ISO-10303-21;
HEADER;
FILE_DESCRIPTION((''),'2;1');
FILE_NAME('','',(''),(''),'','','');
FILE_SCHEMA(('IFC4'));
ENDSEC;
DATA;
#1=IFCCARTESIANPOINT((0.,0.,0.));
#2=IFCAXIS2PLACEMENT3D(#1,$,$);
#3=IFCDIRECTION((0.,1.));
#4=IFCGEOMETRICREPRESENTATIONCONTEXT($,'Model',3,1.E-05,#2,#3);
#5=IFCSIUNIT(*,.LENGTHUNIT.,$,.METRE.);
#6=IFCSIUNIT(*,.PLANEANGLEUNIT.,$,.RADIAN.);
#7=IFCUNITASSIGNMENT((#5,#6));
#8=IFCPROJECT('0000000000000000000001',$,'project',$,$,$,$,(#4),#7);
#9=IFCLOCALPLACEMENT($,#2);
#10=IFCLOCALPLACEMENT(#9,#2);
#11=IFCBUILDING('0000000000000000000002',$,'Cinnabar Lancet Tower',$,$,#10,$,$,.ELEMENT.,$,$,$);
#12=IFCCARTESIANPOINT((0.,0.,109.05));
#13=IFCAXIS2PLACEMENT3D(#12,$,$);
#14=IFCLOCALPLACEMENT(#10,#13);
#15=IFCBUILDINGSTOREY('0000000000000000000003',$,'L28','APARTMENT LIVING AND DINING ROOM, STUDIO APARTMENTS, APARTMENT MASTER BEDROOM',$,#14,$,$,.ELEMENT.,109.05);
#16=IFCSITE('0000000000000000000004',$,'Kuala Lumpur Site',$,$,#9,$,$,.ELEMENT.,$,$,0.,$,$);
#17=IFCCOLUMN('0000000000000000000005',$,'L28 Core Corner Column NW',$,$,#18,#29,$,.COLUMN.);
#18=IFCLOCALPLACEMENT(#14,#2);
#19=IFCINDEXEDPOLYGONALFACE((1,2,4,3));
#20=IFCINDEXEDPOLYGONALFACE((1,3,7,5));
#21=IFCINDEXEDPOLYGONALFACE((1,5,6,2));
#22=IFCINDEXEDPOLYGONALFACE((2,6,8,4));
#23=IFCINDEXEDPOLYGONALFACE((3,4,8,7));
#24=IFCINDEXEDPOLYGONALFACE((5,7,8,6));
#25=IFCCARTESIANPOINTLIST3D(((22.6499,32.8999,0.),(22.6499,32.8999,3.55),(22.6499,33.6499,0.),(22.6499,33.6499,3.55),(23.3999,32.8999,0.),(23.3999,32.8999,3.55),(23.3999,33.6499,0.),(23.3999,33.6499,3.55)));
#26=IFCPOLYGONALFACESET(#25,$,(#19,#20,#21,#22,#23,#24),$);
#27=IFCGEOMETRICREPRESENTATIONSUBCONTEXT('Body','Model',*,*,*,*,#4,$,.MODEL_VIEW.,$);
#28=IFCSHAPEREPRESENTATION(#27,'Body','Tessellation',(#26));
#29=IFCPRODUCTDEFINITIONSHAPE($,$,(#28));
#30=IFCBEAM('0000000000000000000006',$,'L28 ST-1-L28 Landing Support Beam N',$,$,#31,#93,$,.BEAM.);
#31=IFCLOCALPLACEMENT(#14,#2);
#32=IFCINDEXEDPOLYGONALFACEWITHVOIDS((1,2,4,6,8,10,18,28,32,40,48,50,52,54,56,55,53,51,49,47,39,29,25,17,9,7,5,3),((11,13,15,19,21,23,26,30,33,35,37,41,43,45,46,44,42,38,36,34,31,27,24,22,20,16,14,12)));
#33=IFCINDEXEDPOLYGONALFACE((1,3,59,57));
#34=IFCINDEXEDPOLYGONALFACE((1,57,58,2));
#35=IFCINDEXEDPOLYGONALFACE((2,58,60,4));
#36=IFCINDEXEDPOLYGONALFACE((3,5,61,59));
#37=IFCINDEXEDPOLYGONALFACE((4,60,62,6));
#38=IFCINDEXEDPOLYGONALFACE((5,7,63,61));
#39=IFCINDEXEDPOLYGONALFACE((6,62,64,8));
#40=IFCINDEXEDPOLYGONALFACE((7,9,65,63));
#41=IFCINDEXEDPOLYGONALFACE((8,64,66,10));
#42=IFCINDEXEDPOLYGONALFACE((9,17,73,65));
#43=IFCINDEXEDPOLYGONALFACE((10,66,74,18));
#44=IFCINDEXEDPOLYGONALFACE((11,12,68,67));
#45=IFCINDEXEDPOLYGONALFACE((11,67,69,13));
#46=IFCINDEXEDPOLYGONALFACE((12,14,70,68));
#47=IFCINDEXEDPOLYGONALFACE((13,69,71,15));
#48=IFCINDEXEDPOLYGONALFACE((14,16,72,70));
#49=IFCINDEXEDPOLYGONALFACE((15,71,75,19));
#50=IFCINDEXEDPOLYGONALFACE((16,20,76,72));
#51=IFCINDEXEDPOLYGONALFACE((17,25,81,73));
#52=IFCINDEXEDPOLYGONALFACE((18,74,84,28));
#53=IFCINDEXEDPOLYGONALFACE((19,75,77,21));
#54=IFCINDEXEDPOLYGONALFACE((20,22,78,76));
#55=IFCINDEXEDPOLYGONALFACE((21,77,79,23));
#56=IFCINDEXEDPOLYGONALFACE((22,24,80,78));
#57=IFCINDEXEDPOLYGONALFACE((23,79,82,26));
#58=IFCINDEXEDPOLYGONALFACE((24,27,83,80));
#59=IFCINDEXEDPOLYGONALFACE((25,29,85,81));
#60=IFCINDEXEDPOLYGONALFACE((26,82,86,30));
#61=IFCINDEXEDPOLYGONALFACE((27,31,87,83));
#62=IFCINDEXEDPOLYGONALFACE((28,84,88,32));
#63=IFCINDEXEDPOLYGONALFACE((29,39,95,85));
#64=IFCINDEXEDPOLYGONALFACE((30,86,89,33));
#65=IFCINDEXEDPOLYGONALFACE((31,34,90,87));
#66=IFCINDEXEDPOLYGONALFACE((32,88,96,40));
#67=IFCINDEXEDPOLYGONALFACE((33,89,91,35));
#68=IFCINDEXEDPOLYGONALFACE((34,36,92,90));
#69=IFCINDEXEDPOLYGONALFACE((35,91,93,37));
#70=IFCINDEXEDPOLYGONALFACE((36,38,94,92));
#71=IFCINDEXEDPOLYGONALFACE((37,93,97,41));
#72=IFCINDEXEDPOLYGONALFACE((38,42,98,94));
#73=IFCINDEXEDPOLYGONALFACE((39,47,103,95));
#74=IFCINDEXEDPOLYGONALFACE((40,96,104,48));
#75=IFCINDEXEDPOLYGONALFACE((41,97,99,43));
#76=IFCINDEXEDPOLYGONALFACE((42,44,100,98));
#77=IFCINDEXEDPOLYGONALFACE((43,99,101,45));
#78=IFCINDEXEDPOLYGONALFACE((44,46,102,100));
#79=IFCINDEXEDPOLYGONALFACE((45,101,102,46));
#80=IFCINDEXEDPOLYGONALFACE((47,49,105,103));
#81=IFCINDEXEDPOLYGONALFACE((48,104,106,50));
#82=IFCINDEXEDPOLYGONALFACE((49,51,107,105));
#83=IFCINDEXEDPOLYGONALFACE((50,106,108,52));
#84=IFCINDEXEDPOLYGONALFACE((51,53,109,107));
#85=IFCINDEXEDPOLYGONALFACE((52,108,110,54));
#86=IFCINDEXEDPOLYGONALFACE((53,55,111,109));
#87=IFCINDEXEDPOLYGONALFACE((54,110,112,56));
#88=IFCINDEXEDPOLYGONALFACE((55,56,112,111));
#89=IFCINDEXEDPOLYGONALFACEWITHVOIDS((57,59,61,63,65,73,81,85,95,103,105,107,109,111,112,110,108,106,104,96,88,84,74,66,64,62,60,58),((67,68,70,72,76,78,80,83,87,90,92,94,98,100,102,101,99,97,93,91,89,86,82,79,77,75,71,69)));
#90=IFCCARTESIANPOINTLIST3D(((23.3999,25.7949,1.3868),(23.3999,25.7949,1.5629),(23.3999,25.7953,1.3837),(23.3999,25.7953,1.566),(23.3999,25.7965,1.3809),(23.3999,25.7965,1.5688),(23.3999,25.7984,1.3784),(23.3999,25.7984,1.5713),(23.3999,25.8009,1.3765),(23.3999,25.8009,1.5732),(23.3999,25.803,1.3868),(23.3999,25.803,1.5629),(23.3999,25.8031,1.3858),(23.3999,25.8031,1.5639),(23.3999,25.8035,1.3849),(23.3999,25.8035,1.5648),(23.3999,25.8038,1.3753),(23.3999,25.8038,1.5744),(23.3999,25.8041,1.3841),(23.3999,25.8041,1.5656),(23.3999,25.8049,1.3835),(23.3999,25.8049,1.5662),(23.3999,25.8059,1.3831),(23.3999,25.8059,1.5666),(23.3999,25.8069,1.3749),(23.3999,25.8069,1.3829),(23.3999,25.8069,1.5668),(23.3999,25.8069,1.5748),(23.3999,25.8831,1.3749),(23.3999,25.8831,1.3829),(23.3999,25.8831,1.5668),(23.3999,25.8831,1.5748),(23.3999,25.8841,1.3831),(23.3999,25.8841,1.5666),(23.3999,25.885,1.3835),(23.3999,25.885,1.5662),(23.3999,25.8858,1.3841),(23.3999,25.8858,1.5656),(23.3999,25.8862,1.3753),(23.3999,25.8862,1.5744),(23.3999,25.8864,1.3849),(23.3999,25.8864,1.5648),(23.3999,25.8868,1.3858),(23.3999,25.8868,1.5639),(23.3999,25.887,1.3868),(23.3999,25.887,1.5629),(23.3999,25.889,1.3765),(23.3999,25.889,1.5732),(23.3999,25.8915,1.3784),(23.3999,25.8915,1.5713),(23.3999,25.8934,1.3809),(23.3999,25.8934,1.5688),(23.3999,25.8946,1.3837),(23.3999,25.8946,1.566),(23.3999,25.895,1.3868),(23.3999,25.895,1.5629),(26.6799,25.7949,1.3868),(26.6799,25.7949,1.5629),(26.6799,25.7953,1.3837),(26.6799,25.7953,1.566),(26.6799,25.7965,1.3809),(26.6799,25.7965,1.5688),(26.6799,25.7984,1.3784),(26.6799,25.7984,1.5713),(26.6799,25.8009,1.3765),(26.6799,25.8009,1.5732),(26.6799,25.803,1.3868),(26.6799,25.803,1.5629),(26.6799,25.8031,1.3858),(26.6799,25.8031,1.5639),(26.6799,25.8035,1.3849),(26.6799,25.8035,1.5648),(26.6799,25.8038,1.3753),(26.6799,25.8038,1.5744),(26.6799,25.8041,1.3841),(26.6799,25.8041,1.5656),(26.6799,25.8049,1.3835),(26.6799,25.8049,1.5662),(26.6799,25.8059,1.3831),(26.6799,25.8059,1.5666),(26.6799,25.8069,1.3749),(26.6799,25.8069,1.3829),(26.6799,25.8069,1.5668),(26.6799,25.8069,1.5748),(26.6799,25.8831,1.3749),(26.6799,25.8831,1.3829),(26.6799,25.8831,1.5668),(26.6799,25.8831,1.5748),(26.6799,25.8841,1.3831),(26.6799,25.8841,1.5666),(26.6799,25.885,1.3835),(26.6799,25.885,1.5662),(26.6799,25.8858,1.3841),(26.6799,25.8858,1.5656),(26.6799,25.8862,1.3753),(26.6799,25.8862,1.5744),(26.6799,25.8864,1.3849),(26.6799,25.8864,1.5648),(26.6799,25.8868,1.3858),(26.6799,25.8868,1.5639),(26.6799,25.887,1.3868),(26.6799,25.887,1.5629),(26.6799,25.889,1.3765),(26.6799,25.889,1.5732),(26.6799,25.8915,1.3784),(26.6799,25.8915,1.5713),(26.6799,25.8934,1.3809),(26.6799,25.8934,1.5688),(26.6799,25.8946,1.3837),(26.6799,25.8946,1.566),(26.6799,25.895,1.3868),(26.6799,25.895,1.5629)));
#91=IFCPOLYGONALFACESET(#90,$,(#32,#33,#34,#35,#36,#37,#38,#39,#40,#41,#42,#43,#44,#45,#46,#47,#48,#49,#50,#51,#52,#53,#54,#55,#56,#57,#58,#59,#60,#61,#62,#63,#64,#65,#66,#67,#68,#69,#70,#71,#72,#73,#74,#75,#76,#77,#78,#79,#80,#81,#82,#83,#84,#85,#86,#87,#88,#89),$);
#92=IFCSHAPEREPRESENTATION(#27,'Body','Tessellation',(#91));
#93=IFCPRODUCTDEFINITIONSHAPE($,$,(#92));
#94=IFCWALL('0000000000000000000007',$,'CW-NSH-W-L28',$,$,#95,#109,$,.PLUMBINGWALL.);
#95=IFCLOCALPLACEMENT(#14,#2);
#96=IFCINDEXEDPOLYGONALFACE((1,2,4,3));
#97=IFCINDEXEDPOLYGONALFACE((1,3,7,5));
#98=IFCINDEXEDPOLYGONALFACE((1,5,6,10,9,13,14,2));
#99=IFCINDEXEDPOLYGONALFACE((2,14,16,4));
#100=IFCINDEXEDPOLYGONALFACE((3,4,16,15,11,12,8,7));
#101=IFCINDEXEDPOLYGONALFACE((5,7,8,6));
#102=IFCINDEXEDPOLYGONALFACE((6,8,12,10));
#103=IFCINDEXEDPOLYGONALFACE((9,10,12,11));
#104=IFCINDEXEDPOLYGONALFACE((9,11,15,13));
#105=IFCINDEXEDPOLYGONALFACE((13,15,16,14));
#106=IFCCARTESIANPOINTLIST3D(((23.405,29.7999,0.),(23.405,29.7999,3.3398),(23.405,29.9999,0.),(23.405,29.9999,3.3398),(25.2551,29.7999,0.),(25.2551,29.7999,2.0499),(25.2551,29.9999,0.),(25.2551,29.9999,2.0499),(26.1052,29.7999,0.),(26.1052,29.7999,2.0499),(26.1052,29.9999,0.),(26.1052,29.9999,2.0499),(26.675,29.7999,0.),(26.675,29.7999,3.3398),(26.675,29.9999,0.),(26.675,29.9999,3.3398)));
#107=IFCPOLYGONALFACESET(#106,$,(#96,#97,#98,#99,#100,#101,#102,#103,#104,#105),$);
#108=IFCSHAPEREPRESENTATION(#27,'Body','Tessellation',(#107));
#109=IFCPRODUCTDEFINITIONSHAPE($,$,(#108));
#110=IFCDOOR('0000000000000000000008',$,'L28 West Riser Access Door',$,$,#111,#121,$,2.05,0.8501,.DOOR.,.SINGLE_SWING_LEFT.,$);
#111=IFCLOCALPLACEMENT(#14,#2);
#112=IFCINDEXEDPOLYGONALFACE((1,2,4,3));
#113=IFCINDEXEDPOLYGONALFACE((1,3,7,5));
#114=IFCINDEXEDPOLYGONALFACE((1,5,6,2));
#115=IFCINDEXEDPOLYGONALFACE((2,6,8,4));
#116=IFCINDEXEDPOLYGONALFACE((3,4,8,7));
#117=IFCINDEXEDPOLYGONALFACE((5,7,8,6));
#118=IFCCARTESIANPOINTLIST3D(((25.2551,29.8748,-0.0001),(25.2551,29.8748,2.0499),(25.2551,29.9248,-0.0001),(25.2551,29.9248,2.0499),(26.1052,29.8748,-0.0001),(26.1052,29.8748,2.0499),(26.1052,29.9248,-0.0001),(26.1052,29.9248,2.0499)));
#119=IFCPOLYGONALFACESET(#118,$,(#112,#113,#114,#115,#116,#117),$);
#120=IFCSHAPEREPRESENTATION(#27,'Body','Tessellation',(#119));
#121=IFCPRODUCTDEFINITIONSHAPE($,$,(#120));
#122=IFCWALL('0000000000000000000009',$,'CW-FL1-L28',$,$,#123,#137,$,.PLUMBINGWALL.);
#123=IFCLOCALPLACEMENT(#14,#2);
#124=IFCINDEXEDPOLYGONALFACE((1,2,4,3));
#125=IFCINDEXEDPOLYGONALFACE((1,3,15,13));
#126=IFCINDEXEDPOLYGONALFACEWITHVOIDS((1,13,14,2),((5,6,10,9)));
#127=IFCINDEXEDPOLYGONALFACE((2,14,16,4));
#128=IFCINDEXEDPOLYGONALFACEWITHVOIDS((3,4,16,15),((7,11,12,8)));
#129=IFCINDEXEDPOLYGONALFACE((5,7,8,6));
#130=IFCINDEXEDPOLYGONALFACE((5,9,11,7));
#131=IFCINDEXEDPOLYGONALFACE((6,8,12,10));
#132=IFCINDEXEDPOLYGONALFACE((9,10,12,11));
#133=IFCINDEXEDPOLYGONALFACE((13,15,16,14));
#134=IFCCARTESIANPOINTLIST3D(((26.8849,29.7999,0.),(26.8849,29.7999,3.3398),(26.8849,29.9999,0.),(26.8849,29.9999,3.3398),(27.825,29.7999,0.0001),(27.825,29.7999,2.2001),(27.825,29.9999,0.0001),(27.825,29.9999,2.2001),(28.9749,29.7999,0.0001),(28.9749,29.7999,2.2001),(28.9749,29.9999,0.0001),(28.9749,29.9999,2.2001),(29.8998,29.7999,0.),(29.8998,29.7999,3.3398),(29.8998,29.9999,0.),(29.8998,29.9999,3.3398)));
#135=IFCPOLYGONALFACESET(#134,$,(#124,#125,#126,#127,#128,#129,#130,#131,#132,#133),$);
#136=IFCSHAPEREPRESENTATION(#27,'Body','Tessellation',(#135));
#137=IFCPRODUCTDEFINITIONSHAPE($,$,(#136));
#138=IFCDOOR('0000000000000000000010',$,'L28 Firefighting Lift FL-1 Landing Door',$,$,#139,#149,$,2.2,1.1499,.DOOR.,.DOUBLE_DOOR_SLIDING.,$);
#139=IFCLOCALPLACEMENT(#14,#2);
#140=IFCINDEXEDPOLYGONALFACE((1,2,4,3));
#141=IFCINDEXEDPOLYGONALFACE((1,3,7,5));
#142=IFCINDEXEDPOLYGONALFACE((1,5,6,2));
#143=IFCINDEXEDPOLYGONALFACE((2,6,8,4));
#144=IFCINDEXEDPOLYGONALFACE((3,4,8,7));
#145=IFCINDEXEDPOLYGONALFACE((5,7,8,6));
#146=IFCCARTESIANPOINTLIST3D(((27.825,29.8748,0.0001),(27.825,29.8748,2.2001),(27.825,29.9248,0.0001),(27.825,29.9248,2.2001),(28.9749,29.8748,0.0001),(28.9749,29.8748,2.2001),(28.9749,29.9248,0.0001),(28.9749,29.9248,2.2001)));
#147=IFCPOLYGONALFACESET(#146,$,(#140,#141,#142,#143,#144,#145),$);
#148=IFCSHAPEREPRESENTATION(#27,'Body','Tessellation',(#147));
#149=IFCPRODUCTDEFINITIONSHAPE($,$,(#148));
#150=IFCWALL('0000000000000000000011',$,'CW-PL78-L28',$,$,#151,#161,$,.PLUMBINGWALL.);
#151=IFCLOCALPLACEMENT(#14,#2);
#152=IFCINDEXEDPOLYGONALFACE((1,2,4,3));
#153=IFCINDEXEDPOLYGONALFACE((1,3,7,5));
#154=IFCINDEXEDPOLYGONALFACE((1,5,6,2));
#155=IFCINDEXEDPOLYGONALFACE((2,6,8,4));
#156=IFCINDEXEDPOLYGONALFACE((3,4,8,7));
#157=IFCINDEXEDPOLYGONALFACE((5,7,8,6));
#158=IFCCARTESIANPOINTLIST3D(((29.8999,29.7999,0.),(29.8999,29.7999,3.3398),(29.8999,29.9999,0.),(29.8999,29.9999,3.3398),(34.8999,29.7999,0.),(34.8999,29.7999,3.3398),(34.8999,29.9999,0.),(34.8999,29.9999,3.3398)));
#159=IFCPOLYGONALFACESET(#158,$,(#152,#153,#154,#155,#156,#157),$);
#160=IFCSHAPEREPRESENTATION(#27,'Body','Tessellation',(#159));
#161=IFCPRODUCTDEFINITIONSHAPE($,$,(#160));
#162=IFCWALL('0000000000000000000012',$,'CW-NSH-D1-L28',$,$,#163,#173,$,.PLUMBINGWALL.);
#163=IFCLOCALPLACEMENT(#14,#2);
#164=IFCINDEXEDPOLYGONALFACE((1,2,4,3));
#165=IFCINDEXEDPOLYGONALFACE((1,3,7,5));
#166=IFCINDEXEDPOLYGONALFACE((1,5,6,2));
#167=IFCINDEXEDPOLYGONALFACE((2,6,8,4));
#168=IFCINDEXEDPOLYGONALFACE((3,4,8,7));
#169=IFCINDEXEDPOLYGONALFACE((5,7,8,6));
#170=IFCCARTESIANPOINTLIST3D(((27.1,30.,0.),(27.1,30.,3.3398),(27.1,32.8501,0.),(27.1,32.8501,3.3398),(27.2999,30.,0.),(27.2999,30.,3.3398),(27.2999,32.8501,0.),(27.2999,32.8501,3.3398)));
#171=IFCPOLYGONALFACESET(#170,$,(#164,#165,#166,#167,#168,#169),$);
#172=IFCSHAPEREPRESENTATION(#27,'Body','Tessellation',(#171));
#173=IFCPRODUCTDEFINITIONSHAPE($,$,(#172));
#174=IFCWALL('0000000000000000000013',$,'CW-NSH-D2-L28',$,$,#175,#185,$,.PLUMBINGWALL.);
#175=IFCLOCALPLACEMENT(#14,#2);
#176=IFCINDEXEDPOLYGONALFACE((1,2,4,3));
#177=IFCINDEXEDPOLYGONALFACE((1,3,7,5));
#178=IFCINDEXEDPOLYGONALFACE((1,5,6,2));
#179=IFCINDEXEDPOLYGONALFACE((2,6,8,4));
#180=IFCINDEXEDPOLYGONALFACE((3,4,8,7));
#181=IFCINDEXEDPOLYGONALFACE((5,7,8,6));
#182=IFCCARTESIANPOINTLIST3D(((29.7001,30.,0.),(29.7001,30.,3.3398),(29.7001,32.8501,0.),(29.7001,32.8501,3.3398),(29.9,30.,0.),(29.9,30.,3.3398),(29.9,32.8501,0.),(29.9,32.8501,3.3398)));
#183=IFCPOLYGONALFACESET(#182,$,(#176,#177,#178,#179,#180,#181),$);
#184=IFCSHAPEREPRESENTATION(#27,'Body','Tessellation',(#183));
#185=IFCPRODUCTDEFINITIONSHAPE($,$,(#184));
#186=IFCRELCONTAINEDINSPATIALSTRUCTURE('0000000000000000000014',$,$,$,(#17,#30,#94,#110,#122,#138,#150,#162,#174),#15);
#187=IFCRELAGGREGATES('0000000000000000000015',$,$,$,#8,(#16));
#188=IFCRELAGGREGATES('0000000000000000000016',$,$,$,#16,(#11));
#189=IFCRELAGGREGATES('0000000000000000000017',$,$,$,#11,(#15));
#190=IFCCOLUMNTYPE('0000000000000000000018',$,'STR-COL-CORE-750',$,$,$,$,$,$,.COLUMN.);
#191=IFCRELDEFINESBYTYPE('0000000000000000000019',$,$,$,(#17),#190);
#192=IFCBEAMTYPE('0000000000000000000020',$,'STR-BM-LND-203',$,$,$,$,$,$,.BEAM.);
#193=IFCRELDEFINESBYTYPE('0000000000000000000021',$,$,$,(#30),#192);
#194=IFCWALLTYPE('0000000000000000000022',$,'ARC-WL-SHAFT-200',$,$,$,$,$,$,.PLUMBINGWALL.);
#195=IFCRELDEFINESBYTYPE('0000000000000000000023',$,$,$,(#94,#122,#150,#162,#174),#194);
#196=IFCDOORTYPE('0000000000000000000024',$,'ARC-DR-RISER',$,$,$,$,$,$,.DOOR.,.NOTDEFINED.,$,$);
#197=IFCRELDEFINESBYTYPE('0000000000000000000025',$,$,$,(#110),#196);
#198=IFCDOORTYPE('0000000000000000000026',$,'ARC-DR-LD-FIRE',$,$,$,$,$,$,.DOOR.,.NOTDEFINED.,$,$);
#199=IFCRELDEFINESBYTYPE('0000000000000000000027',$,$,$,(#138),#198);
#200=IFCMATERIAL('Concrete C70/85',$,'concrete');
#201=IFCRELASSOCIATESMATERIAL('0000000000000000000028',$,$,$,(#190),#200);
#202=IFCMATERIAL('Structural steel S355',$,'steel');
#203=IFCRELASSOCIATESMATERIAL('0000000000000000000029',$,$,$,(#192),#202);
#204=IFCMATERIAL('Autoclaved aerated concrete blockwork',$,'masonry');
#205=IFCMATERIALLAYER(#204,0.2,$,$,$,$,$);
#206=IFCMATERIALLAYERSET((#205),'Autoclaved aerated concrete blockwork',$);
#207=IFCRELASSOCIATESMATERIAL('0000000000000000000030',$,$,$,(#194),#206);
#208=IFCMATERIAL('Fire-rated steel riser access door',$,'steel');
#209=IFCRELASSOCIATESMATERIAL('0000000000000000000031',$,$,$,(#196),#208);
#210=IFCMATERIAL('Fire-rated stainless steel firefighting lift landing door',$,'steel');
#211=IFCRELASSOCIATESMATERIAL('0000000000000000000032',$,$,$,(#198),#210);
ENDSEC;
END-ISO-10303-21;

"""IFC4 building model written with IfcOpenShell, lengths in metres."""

from ifc_helpers import new_model, si_unit, direction, frame, frame_2d, origin, origin_2d, place, context, subcontext, project, spatial, rectangle, hollow_rectangle, extrude, material, layer, layer_set, material_profile, profile_set, type_object, element, fill, save


model = new_model("IFC4")

# Units and contexts
model_context = context("Model", 3, precision=1e-05, world=origin(), true_north=direction((0.0, 1.0)))
body_context = subcontext(model_context, "Body", "Model", "MODEL_VIEW")
ifc_project = project(units=[si_unit("LENGTHUNIT", "METRE"), si_unit("PLANEANGLEUNIT", "RADIAN")], contexts=[model_context])

# Site, building, storey
site_placement = place(None, origin())
site = spatial("IfcSite", under=ifc_project, at=site_placement, Name="Kuala Lumpur Site", CompositionType="ELEMENT", RefElevation=0.0)
building_placement = place(site_placement, origin())
building = spatial("IfcBuilding", under=site, at=building_placement, Name="Cinnabar Lancet Tower", CompositionType="ELEMENT")
storey_placement = place(building_placement, frame((0.0, 0.0, 109.05)))
storey = spatial("IfcBuildingStorey", under=building, at=storey_placement, Name="L28", Description="APARTMENT LIVING AND DINING ROOM, STUDIO APARTMENTS, APARTMENT MASTER BEDROOM", CompositionType="ELEMENT", Elevation=109.05)

# Column
ifc_material_1 = material(Name="Concrete C70/85", Category="concrete")
ifc_material_profile_1 = material_profile(ifc_material_1, rectangle(XDim=0.75, YDim=0.75, at=origin_2d()), Name="RC-COL 750x750")
ifc_profile_set_1 = profile_set([ifc_material_profile_1], Name="Concrete C70/85")
column_type = type_object("IfcColumnType", Name="STR-COL-CORE-750", PredefinedType="COLUMN", material=ifc_profile_set_1)
column_placement = place(storey_placement, frame((23.0249, 33.2749, 0.0), z_axis=(0.0, 0.0, 1.0), x_axis=(1.0, 0.0, 0.0)))
element("IfcColumn", 1, at=column_placement, inside=storey, type_object=column_type, Name="L28 Core Corner Column NW", PredefinedType="COLUMN", context=body_context, shape_type="SweptSolid", body=[
    extrude(rectangle(XDim=0.75, YDim=0.75, at=origin_2d()), origin(), (0.0, 0.0, 1.0), 3.55),
])

# Beam
ifc_material_2 = material(Name="Structural steel S355", Category="steel")
ifc_material_profile_2 = material_profile(ifc_material_2, hollow_rectangle(XDim=0.1001, YDim=0.2, WallThickness=0.0081, InnerFilletRadius=0.0039, OuterFilletRadius=0.012, at=origin_2d()), Name="RHS 200x100x8")
ifc_profile_set_2 = profile_set([ifc_material_profile_2], Name="Structural steel S355")
beam_type = type_object("IfcBeamType", Name="STR-BM-LND-203", PredefinedType="BEAM", material=ifc_profile_set_2)
beam_placement = place(storey_placement, frame((23.3999, 25.845, 1.4749), z_axis=(1.0, 0.0, 0.0), x_axis=(0.0, 1.0, 0.0)))
element("IfcBeam", 2, at=beam_placement, inside=storey, type_object=beam_type, Name="L28 ST-1-L28 Landing Support Beam N", PredefinedType="BEAM", context=body_context, shape_type="SweptSolid", body=[
    extrude(hollow_rectangle(XDim=0.1001, YDim=0.2, WallThickness=0.0081, InnerFilletRadius=0.0039, OuterFilletRadius=0.012, at=origin_2d()), origin(), (0.0, 0.0, 1.0), 3.28),
])

# Walls, openings, doors
ifc_material_3 = material(Name="Autoclaved aerated concrete blockwork", Category="masonry")
ifc_layer_1 = layer(ifc_material_3, 0.2)
ifc_layer_set_1 = layer_set([ifc_layer_1], Name="Autoclaved aerated concrete blockwork")
wall_type_1 = type_object("IfcWallType", Name="ARC-WL-SHAFT-200", PredefinedType="PLUMBINGWALL", material=ifc_layer_set_1)
wall_1_placement = place(storey_placement, frame((23.405, 29.8999, 0.0), z_axis=(0.0, 0.0, 1.0), x_axis=(1.0, 0.0, 0.0)))
wall_1 = element("IfcWall", 3, at=wall_1_placement, inside=storey, type_object=wall_type_1, Name="CW-NSH-W-L28", PredefinedType="PLUMBINGWALL", context=body_context, shape_type="SweptSolid", body=[
    extrude(rectangle(XDim=3.27, YDim=0.2, at=frame_2d((1.635, 0.0))), origin(), (0.0, 0.0, 1.0), 3.3398),
])
opening_1_placement = place(wall_1_placement, frame((1.8501, 0.0, 0.0)))
opening_1 = element("IfcOpeningElement", 4, at=opening_1_placement, cuts=wall_1, PredefinedType="OPENING", context=body_context, shape_type="SweptSolid", body=[
    extrude(rectangle(XDim=0.8501, YDim=2.05, at=frame_2d((0.425, 1.0249))), frame((0.0, 0.1099, 0.0), z_axis=(0.0, -1.0, 0.0), x_axis=(1.0, 0.0, 0.0)), (0.0, 0.0, 1.0), 0.22),
])
ifc_material_4 = material(Name="Fire-rated steel riser access door", Category="steel")
door_type_1 = type_object("IfcDoorType", Name="ARC-DR-RISER", OperationType="NOTDEFINED", PredefinedType="DOOR", material=ifc_material_4)
door_1_placement = place(opening_1_placement, origin())
door_1 = element("IfcDoor", 5, at=door_1_placement, inside=storey, type_object=door_type_1, Name="L28 West Riser Access Door", OperationType="SINGLE_SWING_LEFT", OverallHeight=2.05, OverallWidth=0.8501, PredefinedType="DOOR", context=body_context, shape_type="SweptSolid", body=[
    extrude(rectangle(XDim=0.8501, YDim=2.05, at=frame_2d((0.425, 1.0249))), frame((0.0, 0.0249, 0.0), z_axis=(0.0, -1.0, 0.0), x_axis=(1.0, 0.0, 0.0)), (0.0, 0.0, 1.0), 0.05),
])
fill(opening_1, door_1)
wall_2_placement = place(storey_placement, frame((26.885, 29.8999, 0.0), z_axis=(0.0, 0.0, 1.0), x_axis=(1.0, 0.0, 0.0)))
wall_2 = element("IfcWall", 6, at=wall_2_placement, inside=storey, type_object=wall_type_1, Name="CW-FL1-L28", PredefinedType="PLUMBINGWALL", context=body_context, shape_type="SweptSolid", body=[
    extrude(rectangle(XDim=3.0149, YDim=0.2, at=frame_2d((1.5073, 0.0))), origin(), (0.0, 0.0, 1.0), 3.3398),
])
opening_2_placement = place(wall_2_placement, frame((0.9399, 0.0, 0.0)))
opening_2 = element("IfcOpeningElement", 7, at=opening_2_placement, cuts=wall_2, PredefinedType="OPENING", context=body_context, shape_type="SweptSolid", body=[
    extrude(rectangle(XDim=1.1499, YDim=2.2, at=frame_2d((0.575, 1.1001))), frame((0.0, 0.1099, 0.0), z_axis=(0.0, -1.0, 0.0), x_axis=(1.0, 0.0, 0.0)), (0.0, 0.0, 1.0), 0.22),
])
ifc_material_5 = material(Name="Fire-rated stainless steel firefighting lift landing door", Category="steel")
door_type_2 = type_object("IfcDoorType", Name="ARC-DR-LD-FIRE", OperationType="NOTDEFINED", PredefinedType="DOOR", material=ifc_material_5)
door_2_placement = place(opening_2_placement, origin())
door_2 = element("IfcDoor", 8, at=door_2_placement, inside=storey, type_object=door_type_2, Name="L28 Firefighting Lift FL-1 Landing Door", OperationType="DOUBLE_DOOR_SLIDING", OverallHeight=2.2, OverallWidth=1.1499, PredefinedType="DOOR", context=body_context, shape_type="SweptSolid", body=[
    extrude(rectangle(XDim=1.1499, YDim=2.2, at=frame_2d((0.575, 1.1001))), frame((0.0, 0.0249, 0.0), z_axis=(0.0, -1.0, 0.0), x_axis=(1.0, 0.0, 0.0)), (0.0, 0.0, 1.0), 0.05),
])
fill(opening_2, door_2)

# Walls
wall_3_placement = place(storey_placement, frame((29.8999, 29.8999, 0.0), z_axis=(0.0, 0.0, 1.0), x_axis=(1.0, 0.0, 0.0)))
element("IfcWall", 9, at=wall_3_placement, inside=storey, type_object=wall_type_1, Name="CW-PL78-L28", PredefinedType="PLUMBINGWALL", context=body_context, shape_type="SweptSolid", body=[
    extrude(rectangle(XDim=5.0, YDim=0.2, at=frame_2d((2.5, 0.0))), origin(), (0.0, 0.0, 1.0), 3.3398),
])
for number, where, z_axis, x_axis, name in (
    (10, (27.2, 30.0, 0.0), (0.0, 0.0, 1.0), (0.0, 1.0, 0.0), "CW-NSH-D1-L28"),
    (11, (29.8, 30.0, 0.0), (0.0, 0.0, 1.0), (0.0, 1.0, 0.0), "CW-NSH-D2-L28"),
):
    element("IfcWall", number, at=place(storey_placement, frame(where, z_axis=z_axis, x_axis=x_axis)), inside=storey, type_object=wall_type_1, Name=name, PredefinedType="PLUMBINGWALL", context=body_context, shape_type="SweptSolid", body=[
        extrude(rectangle(XDim=2.8501, YDim=0.2, at=frame_2d((1.425, 0.0))), origin(), (0.0, 0.0, 1.0), 3.3398),
    ])

save(model, "model.ifc")
